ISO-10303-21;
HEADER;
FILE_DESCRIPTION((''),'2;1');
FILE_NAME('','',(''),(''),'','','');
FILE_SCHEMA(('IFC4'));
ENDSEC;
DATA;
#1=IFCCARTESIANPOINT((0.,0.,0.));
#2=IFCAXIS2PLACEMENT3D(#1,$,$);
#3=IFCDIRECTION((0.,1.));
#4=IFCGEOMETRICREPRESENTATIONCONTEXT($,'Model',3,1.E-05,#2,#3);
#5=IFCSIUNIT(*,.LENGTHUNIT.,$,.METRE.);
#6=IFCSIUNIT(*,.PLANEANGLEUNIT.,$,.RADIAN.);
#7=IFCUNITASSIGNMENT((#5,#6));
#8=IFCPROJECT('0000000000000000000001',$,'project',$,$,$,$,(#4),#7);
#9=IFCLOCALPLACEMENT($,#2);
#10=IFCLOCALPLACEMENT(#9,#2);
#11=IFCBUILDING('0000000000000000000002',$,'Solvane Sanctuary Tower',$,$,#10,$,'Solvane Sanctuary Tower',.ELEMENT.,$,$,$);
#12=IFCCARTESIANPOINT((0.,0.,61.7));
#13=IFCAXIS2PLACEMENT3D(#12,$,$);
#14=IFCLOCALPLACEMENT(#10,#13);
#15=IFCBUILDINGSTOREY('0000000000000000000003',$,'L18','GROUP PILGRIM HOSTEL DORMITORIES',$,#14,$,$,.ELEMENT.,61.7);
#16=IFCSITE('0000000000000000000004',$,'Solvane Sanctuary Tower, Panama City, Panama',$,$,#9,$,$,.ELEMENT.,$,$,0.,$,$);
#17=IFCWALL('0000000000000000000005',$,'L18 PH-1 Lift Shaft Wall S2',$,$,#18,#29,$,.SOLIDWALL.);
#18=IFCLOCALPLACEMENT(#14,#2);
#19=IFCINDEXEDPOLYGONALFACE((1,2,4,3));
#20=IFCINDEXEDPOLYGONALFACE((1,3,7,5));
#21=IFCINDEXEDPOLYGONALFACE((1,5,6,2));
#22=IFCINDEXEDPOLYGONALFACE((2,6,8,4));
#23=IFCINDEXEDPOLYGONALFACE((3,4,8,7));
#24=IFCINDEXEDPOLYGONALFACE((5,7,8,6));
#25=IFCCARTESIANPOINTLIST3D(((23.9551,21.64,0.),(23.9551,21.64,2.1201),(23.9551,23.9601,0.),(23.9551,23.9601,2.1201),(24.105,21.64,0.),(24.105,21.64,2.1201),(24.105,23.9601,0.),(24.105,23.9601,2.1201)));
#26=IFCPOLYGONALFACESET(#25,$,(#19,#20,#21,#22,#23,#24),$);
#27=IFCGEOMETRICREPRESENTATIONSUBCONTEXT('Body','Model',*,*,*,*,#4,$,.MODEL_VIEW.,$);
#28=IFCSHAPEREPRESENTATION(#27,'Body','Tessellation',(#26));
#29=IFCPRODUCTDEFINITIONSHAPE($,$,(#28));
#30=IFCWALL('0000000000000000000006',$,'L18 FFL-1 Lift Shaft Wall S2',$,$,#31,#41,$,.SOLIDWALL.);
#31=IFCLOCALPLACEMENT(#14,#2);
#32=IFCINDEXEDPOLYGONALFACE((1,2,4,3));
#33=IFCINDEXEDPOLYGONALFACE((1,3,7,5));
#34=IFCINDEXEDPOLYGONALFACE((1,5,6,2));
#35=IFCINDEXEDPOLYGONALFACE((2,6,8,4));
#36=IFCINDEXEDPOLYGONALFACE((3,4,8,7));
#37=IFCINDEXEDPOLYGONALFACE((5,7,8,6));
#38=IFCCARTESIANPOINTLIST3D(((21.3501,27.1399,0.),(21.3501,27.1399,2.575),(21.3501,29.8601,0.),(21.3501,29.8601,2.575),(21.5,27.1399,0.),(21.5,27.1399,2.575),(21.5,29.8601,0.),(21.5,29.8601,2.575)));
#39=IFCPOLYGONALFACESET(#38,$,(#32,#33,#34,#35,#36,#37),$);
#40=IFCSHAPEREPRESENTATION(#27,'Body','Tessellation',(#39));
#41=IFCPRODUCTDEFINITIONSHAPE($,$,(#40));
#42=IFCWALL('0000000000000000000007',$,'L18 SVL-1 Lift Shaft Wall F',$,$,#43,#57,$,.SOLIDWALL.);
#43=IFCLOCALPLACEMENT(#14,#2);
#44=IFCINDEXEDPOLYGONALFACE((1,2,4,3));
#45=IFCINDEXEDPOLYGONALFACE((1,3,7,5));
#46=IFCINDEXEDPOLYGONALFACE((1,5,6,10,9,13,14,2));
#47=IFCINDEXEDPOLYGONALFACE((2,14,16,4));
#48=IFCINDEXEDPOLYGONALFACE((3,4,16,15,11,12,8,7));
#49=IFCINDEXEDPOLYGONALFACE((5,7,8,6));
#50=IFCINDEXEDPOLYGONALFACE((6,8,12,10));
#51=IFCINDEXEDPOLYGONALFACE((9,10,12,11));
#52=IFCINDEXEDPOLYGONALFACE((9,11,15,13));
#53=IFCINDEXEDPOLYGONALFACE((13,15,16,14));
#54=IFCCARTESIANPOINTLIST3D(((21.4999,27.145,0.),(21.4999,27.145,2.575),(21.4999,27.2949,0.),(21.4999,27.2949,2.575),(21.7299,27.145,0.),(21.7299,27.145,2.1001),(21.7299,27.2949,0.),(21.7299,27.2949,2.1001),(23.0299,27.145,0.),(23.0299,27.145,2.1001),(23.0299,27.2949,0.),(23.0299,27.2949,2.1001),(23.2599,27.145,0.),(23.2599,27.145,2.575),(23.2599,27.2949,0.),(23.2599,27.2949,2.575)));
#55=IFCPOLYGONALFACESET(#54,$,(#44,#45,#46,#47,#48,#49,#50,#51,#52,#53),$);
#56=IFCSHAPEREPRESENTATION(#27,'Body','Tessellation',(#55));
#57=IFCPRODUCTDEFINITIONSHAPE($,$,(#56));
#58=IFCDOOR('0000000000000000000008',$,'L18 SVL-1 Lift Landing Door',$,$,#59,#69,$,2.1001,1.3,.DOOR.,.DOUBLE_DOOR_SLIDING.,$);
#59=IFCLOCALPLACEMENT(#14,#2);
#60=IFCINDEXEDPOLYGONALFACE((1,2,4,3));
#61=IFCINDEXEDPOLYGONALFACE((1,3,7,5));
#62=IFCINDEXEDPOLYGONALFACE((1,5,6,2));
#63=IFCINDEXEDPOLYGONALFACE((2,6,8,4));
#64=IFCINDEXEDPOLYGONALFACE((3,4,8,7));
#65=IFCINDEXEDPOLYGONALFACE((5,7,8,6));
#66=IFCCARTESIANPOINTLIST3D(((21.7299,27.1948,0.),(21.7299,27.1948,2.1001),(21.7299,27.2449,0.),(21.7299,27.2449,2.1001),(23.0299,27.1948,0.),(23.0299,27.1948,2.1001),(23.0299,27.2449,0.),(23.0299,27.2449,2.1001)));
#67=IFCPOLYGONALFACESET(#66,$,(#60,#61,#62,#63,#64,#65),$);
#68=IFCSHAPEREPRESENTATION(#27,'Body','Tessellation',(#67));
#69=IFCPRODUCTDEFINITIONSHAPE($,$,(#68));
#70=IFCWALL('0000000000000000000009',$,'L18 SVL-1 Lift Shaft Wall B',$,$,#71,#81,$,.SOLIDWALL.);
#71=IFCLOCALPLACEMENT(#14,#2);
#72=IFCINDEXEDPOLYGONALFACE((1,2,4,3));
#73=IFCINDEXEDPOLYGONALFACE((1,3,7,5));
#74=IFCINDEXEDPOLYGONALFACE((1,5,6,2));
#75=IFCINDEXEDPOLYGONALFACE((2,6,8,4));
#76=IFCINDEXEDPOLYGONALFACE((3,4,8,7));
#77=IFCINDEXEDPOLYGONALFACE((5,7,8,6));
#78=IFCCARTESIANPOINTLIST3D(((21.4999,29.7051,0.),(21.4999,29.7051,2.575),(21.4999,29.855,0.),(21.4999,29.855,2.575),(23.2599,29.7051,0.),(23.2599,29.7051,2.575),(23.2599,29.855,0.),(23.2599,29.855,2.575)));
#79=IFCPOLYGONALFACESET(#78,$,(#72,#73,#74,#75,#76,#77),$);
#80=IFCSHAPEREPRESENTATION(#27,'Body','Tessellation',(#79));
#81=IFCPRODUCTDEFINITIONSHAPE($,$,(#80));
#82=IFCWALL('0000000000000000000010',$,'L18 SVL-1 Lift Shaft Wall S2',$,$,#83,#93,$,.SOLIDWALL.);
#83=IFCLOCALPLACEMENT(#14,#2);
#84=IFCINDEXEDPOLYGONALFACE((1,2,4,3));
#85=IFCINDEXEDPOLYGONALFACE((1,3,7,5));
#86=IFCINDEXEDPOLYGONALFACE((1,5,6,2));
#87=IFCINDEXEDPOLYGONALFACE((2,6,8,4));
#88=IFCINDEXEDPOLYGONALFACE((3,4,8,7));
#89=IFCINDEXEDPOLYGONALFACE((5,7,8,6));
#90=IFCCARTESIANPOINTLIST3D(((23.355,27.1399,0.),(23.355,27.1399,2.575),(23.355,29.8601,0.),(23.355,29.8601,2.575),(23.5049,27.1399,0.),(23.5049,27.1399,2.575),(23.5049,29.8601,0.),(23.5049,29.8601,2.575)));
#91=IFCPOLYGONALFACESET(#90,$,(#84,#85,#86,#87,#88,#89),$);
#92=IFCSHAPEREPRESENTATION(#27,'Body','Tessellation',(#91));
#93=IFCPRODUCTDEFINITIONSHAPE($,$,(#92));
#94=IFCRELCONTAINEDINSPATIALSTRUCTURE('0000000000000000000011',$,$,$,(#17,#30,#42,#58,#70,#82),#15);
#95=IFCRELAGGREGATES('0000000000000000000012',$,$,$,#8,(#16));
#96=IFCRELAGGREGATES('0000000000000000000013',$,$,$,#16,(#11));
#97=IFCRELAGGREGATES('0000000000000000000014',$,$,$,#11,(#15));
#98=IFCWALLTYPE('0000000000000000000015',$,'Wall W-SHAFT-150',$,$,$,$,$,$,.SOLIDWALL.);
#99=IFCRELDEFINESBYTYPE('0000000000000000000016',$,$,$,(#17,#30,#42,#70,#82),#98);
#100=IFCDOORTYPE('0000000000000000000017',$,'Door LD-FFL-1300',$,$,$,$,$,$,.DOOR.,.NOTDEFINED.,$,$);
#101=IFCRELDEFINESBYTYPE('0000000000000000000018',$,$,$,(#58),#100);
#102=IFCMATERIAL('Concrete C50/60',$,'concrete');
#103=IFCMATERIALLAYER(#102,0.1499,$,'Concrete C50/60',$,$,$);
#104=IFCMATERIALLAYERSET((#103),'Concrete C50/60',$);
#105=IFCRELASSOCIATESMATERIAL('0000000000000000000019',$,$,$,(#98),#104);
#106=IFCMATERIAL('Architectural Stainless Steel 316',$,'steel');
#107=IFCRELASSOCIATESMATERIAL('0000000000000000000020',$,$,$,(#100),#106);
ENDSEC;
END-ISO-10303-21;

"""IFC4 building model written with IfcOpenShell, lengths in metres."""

from ifc_helpers import new_model, si_unit, direction, frame, frame_2d, origin, place, context, subcontext, project, spatial, rectangle, extrude, material, layer, layer_set, type_object, element, fill, save


model = new_model("IFC4")

# Units and contexts
model_context = context("Model", 3, precision=1e-05, world=origin(), true_north=direction((0.0, 1.0)))
body_context = subcontext(model_context, "Body", "Model", "MODEL_VIEW")
ifc_project = project(units=[si_unit("LENGTHUNIT", "METRE"), si_unit("PLANEANGLEUNIT", "RADIAN")], contexts=[model_context])

# Site, building, storey
site_placement = place(None, origin())
site = spatial("IfcSite", under=ifc_project, at=site_placement, Name="Solvane Sanctuary Tower, Panama City, Panama", CompositionType="ELEMENT", RefElevation=0.0)
building_placement = place(site_placement, origin())
building = spatial("IfcBuilding", under=site, at=building_placement, Name="Solvane Sanctuary Tower", LongName="Solvane Sanctuary Tower", CompositionType="ELEMENT")
storey_placement = place(building_placement, frame((0.0, 0.0, 61.7)))
storey = spatial("IfcBuildingStorey", under=building, at=storey_placement, Name="L18", Description="GROUP PILGRIM HOSTEL DORMITORIES", CompositionType="ELEMENT", Elevation=61.7)

# Shared definitions
ifc_material_1 = material(Name="Architectural Stainless Steel 316", Category="steel")

# Walls
ifc_material_2 = material(Name="Concrete C50/60", Category="concrete")
ifc_layer_1 = layer(ifc_material_2, 0.1499, Name="Concrete C50/60")
ifc_layer_set_1 = layer_set([ifc_layer_1], Name="Concrete C50/60")
wall_type_1 = type_object("IfcWallType", Name="Wall W-SHAFT-150", PredefinedType="SOLIDWALL", material=ifc_layer_set_1)
wall_1_placement = place(storey_placement, frame((24.03, 21.6399, 0.0), z_axis=(0.0, 0.0, 1.0), x_axis=(0.0, 1.0, 0.0)))
element("IfcWall", 1, at=wall_1_placement, inside=storey, type_object=wall_type_1, Name="L18 PH-1 Lift Shaft Wall S2", PredefinedType="SOLIDWALL", context=body_context, shape_type="SweptSolid", body=[
    extrude(rectangle(XDim=2.3201, YDim=0.1499, at=frame_2d((1.1602, 0.0))), origin(), (0.0, 0.0, 1.0), 2.1201),
])
wall_2_placement = place(storey_placement, frame((21.425, 27.1399, 0.0), z_axis=(0.0, 0.0, 1.0), x_axis=(0.0, 1.0, 0.0)))
element("IfcWall", 2, at=wall_2_placement, inside=storey, type_object=wall_type_1, Name="L18 FFL-1 Lift Shaft Wall S2", PredefinedType="SOLIDWALL", context=body_context, shape_type="SweptSolid", body=[
    extrude(rectangle(XDim=2.7202, YDim=0.1499, at=frame_2d((1.3601, 0.0))), origin(), (0.0, 0.0, 1.0), 2.575),
])

# Wall, opening, door
wall_3_placement = place(storey_placement, frame((21.5, 27.22, 0.0), z_axis=(0.0, 0.0, 1.0), x_axis=(1.0, 0.0, 0.0)))
wall_3 = element("IfcWall", 3, at=wall_3_placement, inside=storey, type_object=wall_type_1, Name="L18 SVL-1 Lift Shaft Wall F", PredefinedType="SOLIDWALL", context=body_context, shape_type="SweptSolid", body=[
    extrude(rectangle(XDim=1.76, YDim=0.1499, at=frame_2d((0.8799, 0.0))), origin(), (0.0, 0.0, 1.0), 2.575),
])
opening_1_placement = place(wall_3_placement, frame((0.23, 0.0, 0.0)))
opening_1 = element("IfcOpeningElement", 4, at=opening_1_placement, cuts=wall_3, PredefinedType="OPENING", context=body_context, shape_type="SweptSolid", body=[
    extrude(rectangle(XDim=1.3, YDim=2.1001, at=frame_2d((0.6499, 1.05))), frame((0.0, 0.085, 0.0), z_axis=(0.0, -1.0, 0.0), x_axis=(1.0, 0.0, 0.0)), (0.0, 0.0, 1.0), 0.1699),
])
door_type_1 = type_object("IfcDoorType", Name="Door LD-FFL-1300", OperationType="NOTDEFINED", PredefinedType="DOOR", material=ifc_material_1)
door_1_placement = place(opening_1_placement, origin())
door_1 = element("IfcDoor", 5, at=door_1_placement, inside=storey, type_object=door_type_1, Name="L18 SVL-1 Lift Landing Door", OperationType="DOUBLE_DOOR_SLIDING", OverallHeight=2.1001, OverallWidth=1.3, PredefinedType="DOOR", context=body_context, shape_type="SweptSolid", body=[
    extrude(rectangle(XDim=1.3, YDim=2.1001, at=frame_2d((0.6499, 1.05))), frame((0.0, 0.0249, 0.0), z_axis=(0.0, -1.0, 0.0), x_axis=(1.0, 0.0, 0.0)), (0.0, 0.0, 1.0), 0.05),
])
fill(opening_1, door_1)

# Walls
wall_4_placement = place(storey_placement, frame((21.5, 29.78, 0.0), z_axis=(0.0, 0.0, 1.0), x_axis=(1.0, 0.0, 0.0)))
element("IfcWall", 6, at=wall_4_placement, inside=storey, type_object=wall_type_1, Name="L18 SVL-1 Lift Shaft Wall B", PredefinedType="SOLIDWALL", context=body_context, shape_type="SweptSolid", body=[
    extrude(rectangle(XDim=1.76, YDim=0.1499, at=frame_2d((0.8799, 0.0))), origin(), (0.0, 0.0, 1.0), 2.575),
])
wall_5_placement = place(storey_placement, frame((23.4299, 27.1399, 0.0), z_axis=(0.0, 0.0, 1.0), x_axis=(0.0, 1.0, 0.0)))
element("IfcWall", 7, at=wall_5_placement, inside=storey, type_object=wall_type_1, Name="L18 SVL-1 Lift Shaft Wall S2", PredefinedType="SOLIDWALL", context=body_context, shape_type="SweptSolid", body=[
    extrude(rectangle(XDim=2.7202, YDim=0.1499, at=frame_2d((1.3601, 0.0))), origin(), (0.0, 0.0, 1.0), 2.575),
])

save(model, "model.ifc")
